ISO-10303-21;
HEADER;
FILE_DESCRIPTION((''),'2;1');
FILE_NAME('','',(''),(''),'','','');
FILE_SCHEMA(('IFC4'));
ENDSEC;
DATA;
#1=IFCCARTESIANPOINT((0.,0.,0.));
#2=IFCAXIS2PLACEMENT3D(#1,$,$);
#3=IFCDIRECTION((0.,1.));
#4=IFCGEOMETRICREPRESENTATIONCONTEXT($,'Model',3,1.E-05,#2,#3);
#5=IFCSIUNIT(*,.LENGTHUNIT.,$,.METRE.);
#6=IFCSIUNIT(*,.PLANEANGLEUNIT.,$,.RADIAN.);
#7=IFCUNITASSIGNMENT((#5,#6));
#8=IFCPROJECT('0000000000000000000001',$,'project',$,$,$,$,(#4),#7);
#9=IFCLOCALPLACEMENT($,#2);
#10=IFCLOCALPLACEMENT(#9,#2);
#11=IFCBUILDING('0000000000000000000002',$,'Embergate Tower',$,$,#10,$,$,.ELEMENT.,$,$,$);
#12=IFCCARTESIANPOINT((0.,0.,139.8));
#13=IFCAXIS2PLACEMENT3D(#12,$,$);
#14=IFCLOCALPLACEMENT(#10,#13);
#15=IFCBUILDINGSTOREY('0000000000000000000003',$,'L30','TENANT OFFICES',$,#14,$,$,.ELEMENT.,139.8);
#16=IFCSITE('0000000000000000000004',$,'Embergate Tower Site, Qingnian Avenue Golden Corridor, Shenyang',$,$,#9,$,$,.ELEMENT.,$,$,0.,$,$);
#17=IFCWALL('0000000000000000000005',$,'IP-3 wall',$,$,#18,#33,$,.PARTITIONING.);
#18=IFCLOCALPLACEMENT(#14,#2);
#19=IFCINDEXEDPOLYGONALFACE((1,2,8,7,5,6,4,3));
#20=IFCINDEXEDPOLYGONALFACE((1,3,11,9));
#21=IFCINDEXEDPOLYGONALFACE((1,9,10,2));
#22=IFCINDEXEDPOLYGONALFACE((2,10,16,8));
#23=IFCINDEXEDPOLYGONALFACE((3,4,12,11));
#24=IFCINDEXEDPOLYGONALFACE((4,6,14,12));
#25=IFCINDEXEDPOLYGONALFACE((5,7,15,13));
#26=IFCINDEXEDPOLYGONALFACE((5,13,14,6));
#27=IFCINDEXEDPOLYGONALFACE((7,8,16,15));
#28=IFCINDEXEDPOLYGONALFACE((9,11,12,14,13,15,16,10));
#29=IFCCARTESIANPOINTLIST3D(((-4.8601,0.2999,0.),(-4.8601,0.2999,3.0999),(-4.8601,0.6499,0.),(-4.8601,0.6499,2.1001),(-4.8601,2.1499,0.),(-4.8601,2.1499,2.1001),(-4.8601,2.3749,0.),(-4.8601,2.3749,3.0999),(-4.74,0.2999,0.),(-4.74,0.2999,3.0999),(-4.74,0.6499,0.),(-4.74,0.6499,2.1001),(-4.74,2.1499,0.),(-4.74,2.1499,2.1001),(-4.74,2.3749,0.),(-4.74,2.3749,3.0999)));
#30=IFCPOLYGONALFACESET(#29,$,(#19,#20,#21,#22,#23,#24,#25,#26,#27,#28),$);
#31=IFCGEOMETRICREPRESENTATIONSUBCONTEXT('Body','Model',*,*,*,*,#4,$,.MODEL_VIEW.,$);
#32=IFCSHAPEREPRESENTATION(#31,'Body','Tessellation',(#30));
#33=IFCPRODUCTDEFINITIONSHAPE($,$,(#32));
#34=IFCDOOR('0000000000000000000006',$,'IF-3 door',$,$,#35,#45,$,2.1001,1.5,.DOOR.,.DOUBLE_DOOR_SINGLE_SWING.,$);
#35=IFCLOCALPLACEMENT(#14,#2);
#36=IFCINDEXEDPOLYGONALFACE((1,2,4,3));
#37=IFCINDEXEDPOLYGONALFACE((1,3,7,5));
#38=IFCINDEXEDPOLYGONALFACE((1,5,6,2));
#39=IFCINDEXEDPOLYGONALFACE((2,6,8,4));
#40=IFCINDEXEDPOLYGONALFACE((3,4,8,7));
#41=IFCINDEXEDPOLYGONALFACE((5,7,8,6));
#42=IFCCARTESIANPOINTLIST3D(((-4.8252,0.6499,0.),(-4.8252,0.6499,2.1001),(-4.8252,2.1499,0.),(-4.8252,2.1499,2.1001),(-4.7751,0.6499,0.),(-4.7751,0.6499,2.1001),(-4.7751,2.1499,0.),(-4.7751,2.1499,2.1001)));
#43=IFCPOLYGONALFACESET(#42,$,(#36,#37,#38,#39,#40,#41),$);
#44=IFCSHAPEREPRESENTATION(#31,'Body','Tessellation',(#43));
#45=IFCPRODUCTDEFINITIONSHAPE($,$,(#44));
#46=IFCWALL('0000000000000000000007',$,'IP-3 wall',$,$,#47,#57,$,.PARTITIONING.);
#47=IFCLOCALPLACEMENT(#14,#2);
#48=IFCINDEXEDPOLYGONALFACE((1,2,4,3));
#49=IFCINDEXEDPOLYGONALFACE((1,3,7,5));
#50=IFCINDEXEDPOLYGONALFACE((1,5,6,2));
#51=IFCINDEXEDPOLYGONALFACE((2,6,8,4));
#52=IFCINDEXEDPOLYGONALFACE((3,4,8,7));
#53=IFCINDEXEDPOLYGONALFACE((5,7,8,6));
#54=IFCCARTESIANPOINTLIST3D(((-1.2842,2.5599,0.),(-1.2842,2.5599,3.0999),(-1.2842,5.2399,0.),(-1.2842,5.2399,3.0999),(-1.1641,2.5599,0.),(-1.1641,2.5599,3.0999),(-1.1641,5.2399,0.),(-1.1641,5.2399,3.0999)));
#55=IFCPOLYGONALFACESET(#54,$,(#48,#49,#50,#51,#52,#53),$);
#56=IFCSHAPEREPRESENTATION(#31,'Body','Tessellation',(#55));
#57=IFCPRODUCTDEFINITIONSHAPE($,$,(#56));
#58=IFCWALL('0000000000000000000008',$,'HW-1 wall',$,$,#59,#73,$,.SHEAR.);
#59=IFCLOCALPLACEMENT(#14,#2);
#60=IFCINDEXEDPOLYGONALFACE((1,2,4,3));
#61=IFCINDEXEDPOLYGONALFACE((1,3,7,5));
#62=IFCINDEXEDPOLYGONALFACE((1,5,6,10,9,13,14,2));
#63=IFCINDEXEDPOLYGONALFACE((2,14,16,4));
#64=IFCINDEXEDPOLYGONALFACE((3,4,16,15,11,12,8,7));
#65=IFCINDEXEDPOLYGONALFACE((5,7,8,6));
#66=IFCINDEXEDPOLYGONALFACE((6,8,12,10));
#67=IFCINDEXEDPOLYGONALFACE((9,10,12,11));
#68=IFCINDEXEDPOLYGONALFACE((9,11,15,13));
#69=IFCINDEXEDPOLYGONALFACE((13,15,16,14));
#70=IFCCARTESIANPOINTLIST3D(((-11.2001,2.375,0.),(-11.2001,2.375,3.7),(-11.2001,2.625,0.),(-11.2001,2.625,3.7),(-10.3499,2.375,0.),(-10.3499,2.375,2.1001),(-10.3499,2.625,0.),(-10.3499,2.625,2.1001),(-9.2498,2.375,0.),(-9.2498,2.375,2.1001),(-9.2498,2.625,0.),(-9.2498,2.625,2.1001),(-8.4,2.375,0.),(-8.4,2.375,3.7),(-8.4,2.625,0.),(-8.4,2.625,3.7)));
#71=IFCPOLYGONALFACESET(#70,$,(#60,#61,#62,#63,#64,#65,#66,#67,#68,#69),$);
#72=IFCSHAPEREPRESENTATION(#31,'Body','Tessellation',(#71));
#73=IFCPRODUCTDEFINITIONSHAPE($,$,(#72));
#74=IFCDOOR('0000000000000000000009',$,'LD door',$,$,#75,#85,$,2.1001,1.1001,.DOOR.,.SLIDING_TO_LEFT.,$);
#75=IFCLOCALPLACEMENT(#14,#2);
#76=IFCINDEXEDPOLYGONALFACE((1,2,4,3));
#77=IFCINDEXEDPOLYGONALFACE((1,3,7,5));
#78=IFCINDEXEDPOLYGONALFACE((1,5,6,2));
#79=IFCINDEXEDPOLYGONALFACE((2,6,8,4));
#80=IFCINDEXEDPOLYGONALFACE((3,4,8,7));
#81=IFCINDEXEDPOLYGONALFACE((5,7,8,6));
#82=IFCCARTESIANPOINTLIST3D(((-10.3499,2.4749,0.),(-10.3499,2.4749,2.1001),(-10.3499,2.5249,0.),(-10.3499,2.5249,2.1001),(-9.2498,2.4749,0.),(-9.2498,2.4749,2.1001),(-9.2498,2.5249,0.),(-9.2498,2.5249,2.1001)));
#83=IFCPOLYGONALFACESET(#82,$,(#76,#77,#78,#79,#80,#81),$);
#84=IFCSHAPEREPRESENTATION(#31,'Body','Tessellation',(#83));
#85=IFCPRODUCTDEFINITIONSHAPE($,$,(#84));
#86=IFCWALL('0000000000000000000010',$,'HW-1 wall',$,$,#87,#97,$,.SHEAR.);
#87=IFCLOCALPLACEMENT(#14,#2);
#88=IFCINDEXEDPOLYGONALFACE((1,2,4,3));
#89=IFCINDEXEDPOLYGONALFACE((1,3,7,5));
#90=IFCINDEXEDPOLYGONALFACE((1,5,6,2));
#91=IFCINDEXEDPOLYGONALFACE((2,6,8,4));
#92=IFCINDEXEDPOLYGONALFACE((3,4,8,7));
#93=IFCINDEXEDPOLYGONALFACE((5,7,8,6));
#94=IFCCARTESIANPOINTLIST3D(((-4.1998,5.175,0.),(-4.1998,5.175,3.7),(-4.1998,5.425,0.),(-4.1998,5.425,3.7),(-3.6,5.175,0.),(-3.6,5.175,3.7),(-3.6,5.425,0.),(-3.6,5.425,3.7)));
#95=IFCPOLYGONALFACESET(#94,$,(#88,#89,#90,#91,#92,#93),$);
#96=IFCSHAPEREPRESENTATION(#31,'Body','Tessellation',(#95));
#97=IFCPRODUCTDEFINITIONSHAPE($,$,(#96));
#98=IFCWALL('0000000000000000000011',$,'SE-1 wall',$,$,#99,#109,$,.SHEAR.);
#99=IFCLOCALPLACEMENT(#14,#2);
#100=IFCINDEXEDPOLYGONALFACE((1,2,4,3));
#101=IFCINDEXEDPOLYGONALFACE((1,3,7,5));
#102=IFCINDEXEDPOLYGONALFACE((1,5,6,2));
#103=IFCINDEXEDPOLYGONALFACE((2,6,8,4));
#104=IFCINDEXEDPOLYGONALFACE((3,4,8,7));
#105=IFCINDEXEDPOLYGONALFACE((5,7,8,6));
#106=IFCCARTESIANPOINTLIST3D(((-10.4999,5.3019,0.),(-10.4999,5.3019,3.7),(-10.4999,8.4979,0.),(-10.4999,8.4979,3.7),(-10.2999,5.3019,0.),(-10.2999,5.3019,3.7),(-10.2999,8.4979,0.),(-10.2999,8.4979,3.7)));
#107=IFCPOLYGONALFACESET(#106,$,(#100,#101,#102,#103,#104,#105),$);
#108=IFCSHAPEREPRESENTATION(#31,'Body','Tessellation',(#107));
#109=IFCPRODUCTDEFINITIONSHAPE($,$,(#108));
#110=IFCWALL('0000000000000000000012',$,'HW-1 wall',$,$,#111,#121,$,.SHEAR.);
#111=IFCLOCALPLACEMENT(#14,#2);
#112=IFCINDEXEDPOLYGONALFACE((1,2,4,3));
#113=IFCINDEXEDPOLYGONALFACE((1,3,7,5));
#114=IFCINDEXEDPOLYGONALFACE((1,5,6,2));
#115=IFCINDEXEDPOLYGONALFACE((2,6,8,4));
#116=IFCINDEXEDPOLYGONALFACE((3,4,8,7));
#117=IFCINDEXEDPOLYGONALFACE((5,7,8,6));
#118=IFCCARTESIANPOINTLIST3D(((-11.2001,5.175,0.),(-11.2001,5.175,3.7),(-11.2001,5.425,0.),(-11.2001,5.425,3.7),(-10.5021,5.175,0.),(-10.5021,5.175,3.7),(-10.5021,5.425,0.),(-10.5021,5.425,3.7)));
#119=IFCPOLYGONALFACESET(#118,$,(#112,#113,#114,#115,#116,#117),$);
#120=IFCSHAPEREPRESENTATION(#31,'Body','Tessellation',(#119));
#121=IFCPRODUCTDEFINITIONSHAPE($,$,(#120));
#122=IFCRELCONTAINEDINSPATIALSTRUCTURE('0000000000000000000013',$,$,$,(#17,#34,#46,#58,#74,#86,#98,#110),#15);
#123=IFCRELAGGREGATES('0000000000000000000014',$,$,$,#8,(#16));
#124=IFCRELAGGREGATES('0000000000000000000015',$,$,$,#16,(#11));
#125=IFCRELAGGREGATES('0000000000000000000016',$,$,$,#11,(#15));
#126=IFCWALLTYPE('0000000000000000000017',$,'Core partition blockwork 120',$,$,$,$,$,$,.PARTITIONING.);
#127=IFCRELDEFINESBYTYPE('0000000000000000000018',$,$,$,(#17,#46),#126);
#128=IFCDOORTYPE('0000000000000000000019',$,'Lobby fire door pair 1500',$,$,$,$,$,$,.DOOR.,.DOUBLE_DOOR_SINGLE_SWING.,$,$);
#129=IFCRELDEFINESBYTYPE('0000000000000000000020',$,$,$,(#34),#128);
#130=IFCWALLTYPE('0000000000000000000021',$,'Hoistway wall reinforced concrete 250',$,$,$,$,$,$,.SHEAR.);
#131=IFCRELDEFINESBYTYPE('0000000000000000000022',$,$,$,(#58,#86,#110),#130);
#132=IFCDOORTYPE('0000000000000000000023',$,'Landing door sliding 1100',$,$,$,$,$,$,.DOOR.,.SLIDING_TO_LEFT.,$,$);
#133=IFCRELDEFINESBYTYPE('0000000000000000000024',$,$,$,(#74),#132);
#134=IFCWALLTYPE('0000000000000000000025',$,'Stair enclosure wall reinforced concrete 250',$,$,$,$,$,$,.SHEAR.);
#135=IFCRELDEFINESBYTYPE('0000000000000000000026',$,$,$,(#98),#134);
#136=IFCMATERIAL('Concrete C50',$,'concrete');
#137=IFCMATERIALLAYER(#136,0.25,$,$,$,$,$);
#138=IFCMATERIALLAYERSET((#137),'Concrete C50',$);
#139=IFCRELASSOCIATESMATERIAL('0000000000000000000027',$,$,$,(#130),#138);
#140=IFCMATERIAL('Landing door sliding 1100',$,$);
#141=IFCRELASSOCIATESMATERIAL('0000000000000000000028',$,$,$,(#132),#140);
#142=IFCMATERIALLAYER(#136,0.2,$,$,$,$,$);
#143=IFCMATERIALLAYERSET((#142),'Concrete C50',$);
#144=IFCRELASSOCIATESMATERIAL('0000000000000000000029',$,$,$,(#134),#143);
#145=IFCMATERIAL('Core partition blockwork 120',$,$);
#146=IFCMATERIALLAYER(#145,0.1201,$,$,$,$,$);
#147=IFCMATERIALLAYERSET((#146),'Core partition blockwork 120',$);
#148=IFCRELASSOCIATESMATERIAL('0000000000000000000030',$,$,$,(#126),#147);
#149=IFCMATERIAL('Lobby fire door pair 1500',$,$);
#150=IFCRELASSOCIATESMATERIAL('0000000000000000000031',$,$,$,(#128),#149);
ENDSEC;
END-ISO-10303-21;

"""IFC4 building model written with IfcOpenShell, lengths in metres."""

from ifc_helpers import new_model, si_unit, direction, frame, frame_2d, origin, place, context, subcontext, project, spatial, rectangle, extrude, source, transform, mapped, material, layer, layer_set, type_object, element, fill, save


model = new_model("IFC4")

# Units and contexts
model_context = context("Model", 3, precision=1e-05, world=origin(), true_north=direction((0.0, 1.0)))
body_context = subcontext(model_context, "Body", "Model", "MODEL_VIEW")
ifc_project = project(units=[si_unit("LENGTHUNIT", "METRE"), si_unit("PLANEANGLEUNIT", "RADIAN")], contexts=[model_context])

# Site, building, storey
site_placement = place(None, origin())
site = spatial("IfcSite", under=ifc_project, at=site_placement, Name="Embergate Tower Site, Qingnian Avenue Golden Corridor, Shenyang", CompositionType="ELEMENT", RefElevation=0.0)
building_placement = place(site_placement, origin())
building = spatial("IfcBuilding", under=site, at=building_placement, Name="Embergate Tower", CompositionType="ELEMENT")
storey_placement = place(building_placement, frame((0.0, 0.0, 139.8)))
storey = spatial("IfcBuildingStorey", under=building, at=storey_placement, Name="L30", Description="TENANT OFFICES", CompositionType="ELEMENT", Elevation=139.8)

# Shared definitions
ifc_material_1 = material(Name="Concrete C50", Category="concrete")
ifc_layer_1 = layer(ifc_material_1, 0.25)
ifc_layer_set_1 = layer_set([ifc_layer_1], Name="Concrete C50")
wall_type_1 = type_object("IfcWallType", Name="Hoistway wall reinforced concrete 250", PredefinedType="SHEAR", material=ifc_layer_set_1)

# Shared definitions
shared_shape_1 = source(origin(), body_context, "Body", "SweptSolid", [
    extrude(rectangle(XDim=1.1001, YDim=2.1001, at=frame_2d((0.55, 1.05))), frame((0.0, 0.135, 0.0), z_axis=(0.0, -1.0, 0.0), x_axis=(1.0, 0.0, 0.0)), (0.0, 0.0, 1.0), 0.27),
])
ifc_material_2 = material(Name="Landing door sliding 1100")
door_type_1 = type_object("IfcDoorType", Name="Landing door sliding 1100", OperationType="SLIDING_TO_LEFT", PredefinedType="DOOR", material=ifc_material_2)
shared_shape_2 = source(origin(), body_context, "Body", "SweptSolid", [
    extrude(rectangle(XDim=1.1001, YDim=2.1001, at=frame_2d((0.55, 1.05))), frame((0.0, 0.0249, 0.0), z_axis=(0.0, -1.0, 0.0), x_axis=(1.0, 0.0, 0.0)), (0.0, 0.0, 1.0), 0.05),
])

# Shared definitions
ifc_layer_2 = layer(ifc_material_1, 0.2)
ifc_layer_set_2 = layer_set([ifc_layer_2], Name="Concrete C50")
wall_type_2 = type_object("IfcWallType", Name="Stair enclosure wall reinforced concrete 250", PredefinedType="SHEAR", material=ifc_layer_set_2)

# Wall, opening, door
ifc_material_3 = material(Name="Core partition blockwork 120")
ifc_layer_3 = layer(ifc_material_3, 0.1201)
ifc_layer_set_3 = layer_set([ifc_layer_3], Name="Core partition blockwork 120")
wall_type_3 = type_object("IfcWallType", Name="Core partition blockwork 120", PredefinedType="PARTITIONING", material=ifc_layer_set_3)
shared_shape_3 = source(origin(), body_context, "Body", "SweptSolid", [
    extrude(rectangle(XDim=2.075, YDim=0.1201, at=frame_2d((1.0376, 0.0))), origin(), (0.0, 0.0, 1.0), 3.0999),
])
wall_1_placement = place(storey_placement, frame((-4.8, 2.375, 0.0), z_axis=(0.0, 0.0, 1.0), x_axis=(0.0, -1.0, 0.0)))
wall_1 = element("IfcWall", 1, at=wall_1_placement, inside=storey, type_object=wall_type_3, Name="IP-3 wall", PredefinedType="PARTITIONING", context=body_context, shape_type="MappedRepresentation", body=[
    mapped(shared_shape_3, transform((0.0, 0.0, 0.0))),
])
shared_shape_4 = source(origin(), body_context, "Body", "SweptSolid", [
    extrude(rectangle(XDim=1.5, YDim=2.1001, at=frame_2d((0.75, 1.05))), frame((0.0, 0.0701, 0.0), z_axis=(0.0, -1.0, 0.0), x_axis=(1.0, 0.0, 0.0)), (0.0, 0.0, 1.0), 0.1401),
])
opening_1_placement = place(wall_1_placement, frame((0.2251, 0.0, 0.0)))
opening_1 = element("IfcOpeningElement", 2, at=opening_1_placement, cuts=wall_1, PredefinedType="OPENING", context=body_context, shape_type="MappedRepresentation", body=[
    mapped(shared_shape_4, transform((0.0, 0.0, 0.0))),
])
ifc_material_4 = material(Name="Lobby fire door pair 1500")
door_type_2 = type_object("IfcDoorType", Name="Lobby fire door pair 1500", OperationType="DOUBLE_DOOR_SINGLE_SWING", PredefinedType="DOOR", material=ifc_material_4)
shared_shape_5 = source(origin(), body_context, "Body", "SweptSolid", [
    extrude(rectangle(XDim=1.5, YDim=2.1001, at=frame_2d((0.75, 1.05))), frame((0.0, 0.0249, 0.0), z_axis=(0.0, -1.0, 0.0), x_axis=(1.0, 0.0, 0.0)), (0.0, 0.0, 1.0), 0.05),
])
door_1_placement = place(opening_1_placement, origin())
door_1 = element("IfcDoor", 3, at=door_1_placement, inside=storey, type_object=door_type_2, Name="IF-3 door", OperationType="DOUBLE_DOOR_SINGLE_SWING", OverallHeight=2.1001, OverallWidth=1.5, PredefinedType="DOOR", context=body_context, shape_type="MappedRepresentation", body=[
    mapped(shared_shape_5, transform((0.0, 0.0, 0.0))),
])
fill(opening_1, door_1)

# Wall
shared_shape_6 = source(origin(), body_context, "Body", "SweptSolid", [
    extrude(rectangle(XDim=2.6799, YDim=0.1201, at=frame_2d((1.3398, 0.0))), origin(), (0.0, 0.0, 1.0), 3.0999),
])
wall_2_placement = place(storey_placement, frame((-1.2241, 2.5601, 0.0), z_axis=(0.0, 0.0, 1.0), x_axis=(0.0, 1.0, 0.0)))
element("IfcWall", 4, at=wall_2_placement, inside=storey, type_object=wall_type_3, Name="IP-3 wall", PredefinedType="PARTITIONING", context=body_context, shape_type="MappedRepresentation", body=[
    mapped(shared_shape_6, transform((0.0, 0.0, 0.0))),
])

# Wall, opening, door
shared_shape_7 = source(origin(), body_context, "Body", "SweptSolid", [
    extrude(rectangle(XDim=2.8, YDim=0.25, at=frame_2d((1.3999, 0.0))), origin(), (0.0, 0.0, 1.0), 3.7),
])
wall_3_placement = place(storey_placement, frame((-11.2, 2.5, 0.0), z_axis=(0.0, 0.0, 1.0), x_axis=(1.0, 0.0, 0.0)))
wall_3 = element("IfcWall", 5, at=wall_3_placement, inside=storey, type_object=wall_type_1, Name="HW-1 wall", PredefinedType="SHEAR", context=body_context, shape_type="MappedRepresentation", body=[
    mapped(shared_shape_7, transform((0.0, 0.0, 0.0))),
])
opening_2_placement = place(wall_3_placement, frame((0.8501, 0.0, 0.0)))
opening_2 = element("IfcOpeningElement", 6, at=opening_2_placement, cuts=wall_3, PredefinedType="OPENING", context=body_context, shape_type="MappedRepresentation", body=[
    mapped(shared_shape_1, transform((0.0, 0.0, 0.0))),
])
door_2_placement = place(opening_2_placement, origin())
door_2 = element("IfcDoor", 7, at=door_2_placement, inside=storey, type_object=door_type_1, Name="LD door", OperationType="SLIDING_TO_LEFT", OverallHeight=2.1001, OverallWidth=1.1001, PredefinedType="DOOR", context=body_context, shape_type="MappedRepresentation", body=[
    mapped(shared_shape_2, transform((0.0, 0.0, 0.0))),
])
fill(opening_2, door_2)

# Walls
shared_shape_8 = source(origin(), body_context, "Body", "SweptSolid", [
    extrude(rectangle(XDim=0.5999, YDim=0.25, at=frame_2d((0.2998, 0.0))), origin(), (0.0, 0.0, 1.0), 3.7),
])
wall_4_placement = place(storey_placement, frame((-3.6001, 5.3, 0.0), z_axis=(0.0, 0.0, 1.0), x_axis=(-1.0, 0.0, 0.0)))
element("IfcWall", 8, at=wall_4_placement, inside=storey, type_object=wall_type_1, Name="HW-1 wall", PredefinedType="SHEAR", context=body_context, shape_type="MappedRepresentation", body=[
    mapped(shared_shape_8, transform((0.0, 0.0, 0.0))),
])
shared_shape_9 = source(origin(), body_context, "Body", "SweptSolid", [
    extrude(rectangle(XDim=3.196, YDim=0.2, at=frame_2d((1.5981, 0.0))), origin(), (0.0, 0.0, 1.0), 3.7),
])
wall_5_placement = place(storey_placement, frame((-10.3999, 8.498, 0.0), z_axis=(0.0, 0.0, 1.0), x_axis=(0.0, -1.0, 0.0)))
element("IfcWall", 9, at=wall_5_placement, inside=storey, type_object=wall_type_2, Name="SE-1 wall", PredefinedType="SHEAR", context=body_context, shape_type="MappedRepresentation", body=[
    mapped(shared_shape_9, transform((0.0, 0.0, 0.0))),
])
shared_shape_10 = source(origin(), body_context, "Body", "SweptSolid", [
    extrude(rectangle(XDim=0.698, YDim=0.25, at=frame_2d((0.3491, 0.0))), origin(), (0.0, 0.0, 1.0), 3.7),
])
wall_6_placement = place(storey_placement, frame((-10.502, 5.3, 0.0), z_axis=(0.0, 0.0, 1.0), x_axis=(-1.0, 0.0, 0.0)))
element("IfcWall", 10, at=wall_6_placement, inside=storey, type_object=wall_type_1, Name="HW-1 wall", PredefinedType="SHEAR", context=body_context, shape_type="MappedRepresentation", body=[
    mapped(shared_shape_10, transform((0.0, 0.0, 0.0))),
])

save(model, "model.ifc")
